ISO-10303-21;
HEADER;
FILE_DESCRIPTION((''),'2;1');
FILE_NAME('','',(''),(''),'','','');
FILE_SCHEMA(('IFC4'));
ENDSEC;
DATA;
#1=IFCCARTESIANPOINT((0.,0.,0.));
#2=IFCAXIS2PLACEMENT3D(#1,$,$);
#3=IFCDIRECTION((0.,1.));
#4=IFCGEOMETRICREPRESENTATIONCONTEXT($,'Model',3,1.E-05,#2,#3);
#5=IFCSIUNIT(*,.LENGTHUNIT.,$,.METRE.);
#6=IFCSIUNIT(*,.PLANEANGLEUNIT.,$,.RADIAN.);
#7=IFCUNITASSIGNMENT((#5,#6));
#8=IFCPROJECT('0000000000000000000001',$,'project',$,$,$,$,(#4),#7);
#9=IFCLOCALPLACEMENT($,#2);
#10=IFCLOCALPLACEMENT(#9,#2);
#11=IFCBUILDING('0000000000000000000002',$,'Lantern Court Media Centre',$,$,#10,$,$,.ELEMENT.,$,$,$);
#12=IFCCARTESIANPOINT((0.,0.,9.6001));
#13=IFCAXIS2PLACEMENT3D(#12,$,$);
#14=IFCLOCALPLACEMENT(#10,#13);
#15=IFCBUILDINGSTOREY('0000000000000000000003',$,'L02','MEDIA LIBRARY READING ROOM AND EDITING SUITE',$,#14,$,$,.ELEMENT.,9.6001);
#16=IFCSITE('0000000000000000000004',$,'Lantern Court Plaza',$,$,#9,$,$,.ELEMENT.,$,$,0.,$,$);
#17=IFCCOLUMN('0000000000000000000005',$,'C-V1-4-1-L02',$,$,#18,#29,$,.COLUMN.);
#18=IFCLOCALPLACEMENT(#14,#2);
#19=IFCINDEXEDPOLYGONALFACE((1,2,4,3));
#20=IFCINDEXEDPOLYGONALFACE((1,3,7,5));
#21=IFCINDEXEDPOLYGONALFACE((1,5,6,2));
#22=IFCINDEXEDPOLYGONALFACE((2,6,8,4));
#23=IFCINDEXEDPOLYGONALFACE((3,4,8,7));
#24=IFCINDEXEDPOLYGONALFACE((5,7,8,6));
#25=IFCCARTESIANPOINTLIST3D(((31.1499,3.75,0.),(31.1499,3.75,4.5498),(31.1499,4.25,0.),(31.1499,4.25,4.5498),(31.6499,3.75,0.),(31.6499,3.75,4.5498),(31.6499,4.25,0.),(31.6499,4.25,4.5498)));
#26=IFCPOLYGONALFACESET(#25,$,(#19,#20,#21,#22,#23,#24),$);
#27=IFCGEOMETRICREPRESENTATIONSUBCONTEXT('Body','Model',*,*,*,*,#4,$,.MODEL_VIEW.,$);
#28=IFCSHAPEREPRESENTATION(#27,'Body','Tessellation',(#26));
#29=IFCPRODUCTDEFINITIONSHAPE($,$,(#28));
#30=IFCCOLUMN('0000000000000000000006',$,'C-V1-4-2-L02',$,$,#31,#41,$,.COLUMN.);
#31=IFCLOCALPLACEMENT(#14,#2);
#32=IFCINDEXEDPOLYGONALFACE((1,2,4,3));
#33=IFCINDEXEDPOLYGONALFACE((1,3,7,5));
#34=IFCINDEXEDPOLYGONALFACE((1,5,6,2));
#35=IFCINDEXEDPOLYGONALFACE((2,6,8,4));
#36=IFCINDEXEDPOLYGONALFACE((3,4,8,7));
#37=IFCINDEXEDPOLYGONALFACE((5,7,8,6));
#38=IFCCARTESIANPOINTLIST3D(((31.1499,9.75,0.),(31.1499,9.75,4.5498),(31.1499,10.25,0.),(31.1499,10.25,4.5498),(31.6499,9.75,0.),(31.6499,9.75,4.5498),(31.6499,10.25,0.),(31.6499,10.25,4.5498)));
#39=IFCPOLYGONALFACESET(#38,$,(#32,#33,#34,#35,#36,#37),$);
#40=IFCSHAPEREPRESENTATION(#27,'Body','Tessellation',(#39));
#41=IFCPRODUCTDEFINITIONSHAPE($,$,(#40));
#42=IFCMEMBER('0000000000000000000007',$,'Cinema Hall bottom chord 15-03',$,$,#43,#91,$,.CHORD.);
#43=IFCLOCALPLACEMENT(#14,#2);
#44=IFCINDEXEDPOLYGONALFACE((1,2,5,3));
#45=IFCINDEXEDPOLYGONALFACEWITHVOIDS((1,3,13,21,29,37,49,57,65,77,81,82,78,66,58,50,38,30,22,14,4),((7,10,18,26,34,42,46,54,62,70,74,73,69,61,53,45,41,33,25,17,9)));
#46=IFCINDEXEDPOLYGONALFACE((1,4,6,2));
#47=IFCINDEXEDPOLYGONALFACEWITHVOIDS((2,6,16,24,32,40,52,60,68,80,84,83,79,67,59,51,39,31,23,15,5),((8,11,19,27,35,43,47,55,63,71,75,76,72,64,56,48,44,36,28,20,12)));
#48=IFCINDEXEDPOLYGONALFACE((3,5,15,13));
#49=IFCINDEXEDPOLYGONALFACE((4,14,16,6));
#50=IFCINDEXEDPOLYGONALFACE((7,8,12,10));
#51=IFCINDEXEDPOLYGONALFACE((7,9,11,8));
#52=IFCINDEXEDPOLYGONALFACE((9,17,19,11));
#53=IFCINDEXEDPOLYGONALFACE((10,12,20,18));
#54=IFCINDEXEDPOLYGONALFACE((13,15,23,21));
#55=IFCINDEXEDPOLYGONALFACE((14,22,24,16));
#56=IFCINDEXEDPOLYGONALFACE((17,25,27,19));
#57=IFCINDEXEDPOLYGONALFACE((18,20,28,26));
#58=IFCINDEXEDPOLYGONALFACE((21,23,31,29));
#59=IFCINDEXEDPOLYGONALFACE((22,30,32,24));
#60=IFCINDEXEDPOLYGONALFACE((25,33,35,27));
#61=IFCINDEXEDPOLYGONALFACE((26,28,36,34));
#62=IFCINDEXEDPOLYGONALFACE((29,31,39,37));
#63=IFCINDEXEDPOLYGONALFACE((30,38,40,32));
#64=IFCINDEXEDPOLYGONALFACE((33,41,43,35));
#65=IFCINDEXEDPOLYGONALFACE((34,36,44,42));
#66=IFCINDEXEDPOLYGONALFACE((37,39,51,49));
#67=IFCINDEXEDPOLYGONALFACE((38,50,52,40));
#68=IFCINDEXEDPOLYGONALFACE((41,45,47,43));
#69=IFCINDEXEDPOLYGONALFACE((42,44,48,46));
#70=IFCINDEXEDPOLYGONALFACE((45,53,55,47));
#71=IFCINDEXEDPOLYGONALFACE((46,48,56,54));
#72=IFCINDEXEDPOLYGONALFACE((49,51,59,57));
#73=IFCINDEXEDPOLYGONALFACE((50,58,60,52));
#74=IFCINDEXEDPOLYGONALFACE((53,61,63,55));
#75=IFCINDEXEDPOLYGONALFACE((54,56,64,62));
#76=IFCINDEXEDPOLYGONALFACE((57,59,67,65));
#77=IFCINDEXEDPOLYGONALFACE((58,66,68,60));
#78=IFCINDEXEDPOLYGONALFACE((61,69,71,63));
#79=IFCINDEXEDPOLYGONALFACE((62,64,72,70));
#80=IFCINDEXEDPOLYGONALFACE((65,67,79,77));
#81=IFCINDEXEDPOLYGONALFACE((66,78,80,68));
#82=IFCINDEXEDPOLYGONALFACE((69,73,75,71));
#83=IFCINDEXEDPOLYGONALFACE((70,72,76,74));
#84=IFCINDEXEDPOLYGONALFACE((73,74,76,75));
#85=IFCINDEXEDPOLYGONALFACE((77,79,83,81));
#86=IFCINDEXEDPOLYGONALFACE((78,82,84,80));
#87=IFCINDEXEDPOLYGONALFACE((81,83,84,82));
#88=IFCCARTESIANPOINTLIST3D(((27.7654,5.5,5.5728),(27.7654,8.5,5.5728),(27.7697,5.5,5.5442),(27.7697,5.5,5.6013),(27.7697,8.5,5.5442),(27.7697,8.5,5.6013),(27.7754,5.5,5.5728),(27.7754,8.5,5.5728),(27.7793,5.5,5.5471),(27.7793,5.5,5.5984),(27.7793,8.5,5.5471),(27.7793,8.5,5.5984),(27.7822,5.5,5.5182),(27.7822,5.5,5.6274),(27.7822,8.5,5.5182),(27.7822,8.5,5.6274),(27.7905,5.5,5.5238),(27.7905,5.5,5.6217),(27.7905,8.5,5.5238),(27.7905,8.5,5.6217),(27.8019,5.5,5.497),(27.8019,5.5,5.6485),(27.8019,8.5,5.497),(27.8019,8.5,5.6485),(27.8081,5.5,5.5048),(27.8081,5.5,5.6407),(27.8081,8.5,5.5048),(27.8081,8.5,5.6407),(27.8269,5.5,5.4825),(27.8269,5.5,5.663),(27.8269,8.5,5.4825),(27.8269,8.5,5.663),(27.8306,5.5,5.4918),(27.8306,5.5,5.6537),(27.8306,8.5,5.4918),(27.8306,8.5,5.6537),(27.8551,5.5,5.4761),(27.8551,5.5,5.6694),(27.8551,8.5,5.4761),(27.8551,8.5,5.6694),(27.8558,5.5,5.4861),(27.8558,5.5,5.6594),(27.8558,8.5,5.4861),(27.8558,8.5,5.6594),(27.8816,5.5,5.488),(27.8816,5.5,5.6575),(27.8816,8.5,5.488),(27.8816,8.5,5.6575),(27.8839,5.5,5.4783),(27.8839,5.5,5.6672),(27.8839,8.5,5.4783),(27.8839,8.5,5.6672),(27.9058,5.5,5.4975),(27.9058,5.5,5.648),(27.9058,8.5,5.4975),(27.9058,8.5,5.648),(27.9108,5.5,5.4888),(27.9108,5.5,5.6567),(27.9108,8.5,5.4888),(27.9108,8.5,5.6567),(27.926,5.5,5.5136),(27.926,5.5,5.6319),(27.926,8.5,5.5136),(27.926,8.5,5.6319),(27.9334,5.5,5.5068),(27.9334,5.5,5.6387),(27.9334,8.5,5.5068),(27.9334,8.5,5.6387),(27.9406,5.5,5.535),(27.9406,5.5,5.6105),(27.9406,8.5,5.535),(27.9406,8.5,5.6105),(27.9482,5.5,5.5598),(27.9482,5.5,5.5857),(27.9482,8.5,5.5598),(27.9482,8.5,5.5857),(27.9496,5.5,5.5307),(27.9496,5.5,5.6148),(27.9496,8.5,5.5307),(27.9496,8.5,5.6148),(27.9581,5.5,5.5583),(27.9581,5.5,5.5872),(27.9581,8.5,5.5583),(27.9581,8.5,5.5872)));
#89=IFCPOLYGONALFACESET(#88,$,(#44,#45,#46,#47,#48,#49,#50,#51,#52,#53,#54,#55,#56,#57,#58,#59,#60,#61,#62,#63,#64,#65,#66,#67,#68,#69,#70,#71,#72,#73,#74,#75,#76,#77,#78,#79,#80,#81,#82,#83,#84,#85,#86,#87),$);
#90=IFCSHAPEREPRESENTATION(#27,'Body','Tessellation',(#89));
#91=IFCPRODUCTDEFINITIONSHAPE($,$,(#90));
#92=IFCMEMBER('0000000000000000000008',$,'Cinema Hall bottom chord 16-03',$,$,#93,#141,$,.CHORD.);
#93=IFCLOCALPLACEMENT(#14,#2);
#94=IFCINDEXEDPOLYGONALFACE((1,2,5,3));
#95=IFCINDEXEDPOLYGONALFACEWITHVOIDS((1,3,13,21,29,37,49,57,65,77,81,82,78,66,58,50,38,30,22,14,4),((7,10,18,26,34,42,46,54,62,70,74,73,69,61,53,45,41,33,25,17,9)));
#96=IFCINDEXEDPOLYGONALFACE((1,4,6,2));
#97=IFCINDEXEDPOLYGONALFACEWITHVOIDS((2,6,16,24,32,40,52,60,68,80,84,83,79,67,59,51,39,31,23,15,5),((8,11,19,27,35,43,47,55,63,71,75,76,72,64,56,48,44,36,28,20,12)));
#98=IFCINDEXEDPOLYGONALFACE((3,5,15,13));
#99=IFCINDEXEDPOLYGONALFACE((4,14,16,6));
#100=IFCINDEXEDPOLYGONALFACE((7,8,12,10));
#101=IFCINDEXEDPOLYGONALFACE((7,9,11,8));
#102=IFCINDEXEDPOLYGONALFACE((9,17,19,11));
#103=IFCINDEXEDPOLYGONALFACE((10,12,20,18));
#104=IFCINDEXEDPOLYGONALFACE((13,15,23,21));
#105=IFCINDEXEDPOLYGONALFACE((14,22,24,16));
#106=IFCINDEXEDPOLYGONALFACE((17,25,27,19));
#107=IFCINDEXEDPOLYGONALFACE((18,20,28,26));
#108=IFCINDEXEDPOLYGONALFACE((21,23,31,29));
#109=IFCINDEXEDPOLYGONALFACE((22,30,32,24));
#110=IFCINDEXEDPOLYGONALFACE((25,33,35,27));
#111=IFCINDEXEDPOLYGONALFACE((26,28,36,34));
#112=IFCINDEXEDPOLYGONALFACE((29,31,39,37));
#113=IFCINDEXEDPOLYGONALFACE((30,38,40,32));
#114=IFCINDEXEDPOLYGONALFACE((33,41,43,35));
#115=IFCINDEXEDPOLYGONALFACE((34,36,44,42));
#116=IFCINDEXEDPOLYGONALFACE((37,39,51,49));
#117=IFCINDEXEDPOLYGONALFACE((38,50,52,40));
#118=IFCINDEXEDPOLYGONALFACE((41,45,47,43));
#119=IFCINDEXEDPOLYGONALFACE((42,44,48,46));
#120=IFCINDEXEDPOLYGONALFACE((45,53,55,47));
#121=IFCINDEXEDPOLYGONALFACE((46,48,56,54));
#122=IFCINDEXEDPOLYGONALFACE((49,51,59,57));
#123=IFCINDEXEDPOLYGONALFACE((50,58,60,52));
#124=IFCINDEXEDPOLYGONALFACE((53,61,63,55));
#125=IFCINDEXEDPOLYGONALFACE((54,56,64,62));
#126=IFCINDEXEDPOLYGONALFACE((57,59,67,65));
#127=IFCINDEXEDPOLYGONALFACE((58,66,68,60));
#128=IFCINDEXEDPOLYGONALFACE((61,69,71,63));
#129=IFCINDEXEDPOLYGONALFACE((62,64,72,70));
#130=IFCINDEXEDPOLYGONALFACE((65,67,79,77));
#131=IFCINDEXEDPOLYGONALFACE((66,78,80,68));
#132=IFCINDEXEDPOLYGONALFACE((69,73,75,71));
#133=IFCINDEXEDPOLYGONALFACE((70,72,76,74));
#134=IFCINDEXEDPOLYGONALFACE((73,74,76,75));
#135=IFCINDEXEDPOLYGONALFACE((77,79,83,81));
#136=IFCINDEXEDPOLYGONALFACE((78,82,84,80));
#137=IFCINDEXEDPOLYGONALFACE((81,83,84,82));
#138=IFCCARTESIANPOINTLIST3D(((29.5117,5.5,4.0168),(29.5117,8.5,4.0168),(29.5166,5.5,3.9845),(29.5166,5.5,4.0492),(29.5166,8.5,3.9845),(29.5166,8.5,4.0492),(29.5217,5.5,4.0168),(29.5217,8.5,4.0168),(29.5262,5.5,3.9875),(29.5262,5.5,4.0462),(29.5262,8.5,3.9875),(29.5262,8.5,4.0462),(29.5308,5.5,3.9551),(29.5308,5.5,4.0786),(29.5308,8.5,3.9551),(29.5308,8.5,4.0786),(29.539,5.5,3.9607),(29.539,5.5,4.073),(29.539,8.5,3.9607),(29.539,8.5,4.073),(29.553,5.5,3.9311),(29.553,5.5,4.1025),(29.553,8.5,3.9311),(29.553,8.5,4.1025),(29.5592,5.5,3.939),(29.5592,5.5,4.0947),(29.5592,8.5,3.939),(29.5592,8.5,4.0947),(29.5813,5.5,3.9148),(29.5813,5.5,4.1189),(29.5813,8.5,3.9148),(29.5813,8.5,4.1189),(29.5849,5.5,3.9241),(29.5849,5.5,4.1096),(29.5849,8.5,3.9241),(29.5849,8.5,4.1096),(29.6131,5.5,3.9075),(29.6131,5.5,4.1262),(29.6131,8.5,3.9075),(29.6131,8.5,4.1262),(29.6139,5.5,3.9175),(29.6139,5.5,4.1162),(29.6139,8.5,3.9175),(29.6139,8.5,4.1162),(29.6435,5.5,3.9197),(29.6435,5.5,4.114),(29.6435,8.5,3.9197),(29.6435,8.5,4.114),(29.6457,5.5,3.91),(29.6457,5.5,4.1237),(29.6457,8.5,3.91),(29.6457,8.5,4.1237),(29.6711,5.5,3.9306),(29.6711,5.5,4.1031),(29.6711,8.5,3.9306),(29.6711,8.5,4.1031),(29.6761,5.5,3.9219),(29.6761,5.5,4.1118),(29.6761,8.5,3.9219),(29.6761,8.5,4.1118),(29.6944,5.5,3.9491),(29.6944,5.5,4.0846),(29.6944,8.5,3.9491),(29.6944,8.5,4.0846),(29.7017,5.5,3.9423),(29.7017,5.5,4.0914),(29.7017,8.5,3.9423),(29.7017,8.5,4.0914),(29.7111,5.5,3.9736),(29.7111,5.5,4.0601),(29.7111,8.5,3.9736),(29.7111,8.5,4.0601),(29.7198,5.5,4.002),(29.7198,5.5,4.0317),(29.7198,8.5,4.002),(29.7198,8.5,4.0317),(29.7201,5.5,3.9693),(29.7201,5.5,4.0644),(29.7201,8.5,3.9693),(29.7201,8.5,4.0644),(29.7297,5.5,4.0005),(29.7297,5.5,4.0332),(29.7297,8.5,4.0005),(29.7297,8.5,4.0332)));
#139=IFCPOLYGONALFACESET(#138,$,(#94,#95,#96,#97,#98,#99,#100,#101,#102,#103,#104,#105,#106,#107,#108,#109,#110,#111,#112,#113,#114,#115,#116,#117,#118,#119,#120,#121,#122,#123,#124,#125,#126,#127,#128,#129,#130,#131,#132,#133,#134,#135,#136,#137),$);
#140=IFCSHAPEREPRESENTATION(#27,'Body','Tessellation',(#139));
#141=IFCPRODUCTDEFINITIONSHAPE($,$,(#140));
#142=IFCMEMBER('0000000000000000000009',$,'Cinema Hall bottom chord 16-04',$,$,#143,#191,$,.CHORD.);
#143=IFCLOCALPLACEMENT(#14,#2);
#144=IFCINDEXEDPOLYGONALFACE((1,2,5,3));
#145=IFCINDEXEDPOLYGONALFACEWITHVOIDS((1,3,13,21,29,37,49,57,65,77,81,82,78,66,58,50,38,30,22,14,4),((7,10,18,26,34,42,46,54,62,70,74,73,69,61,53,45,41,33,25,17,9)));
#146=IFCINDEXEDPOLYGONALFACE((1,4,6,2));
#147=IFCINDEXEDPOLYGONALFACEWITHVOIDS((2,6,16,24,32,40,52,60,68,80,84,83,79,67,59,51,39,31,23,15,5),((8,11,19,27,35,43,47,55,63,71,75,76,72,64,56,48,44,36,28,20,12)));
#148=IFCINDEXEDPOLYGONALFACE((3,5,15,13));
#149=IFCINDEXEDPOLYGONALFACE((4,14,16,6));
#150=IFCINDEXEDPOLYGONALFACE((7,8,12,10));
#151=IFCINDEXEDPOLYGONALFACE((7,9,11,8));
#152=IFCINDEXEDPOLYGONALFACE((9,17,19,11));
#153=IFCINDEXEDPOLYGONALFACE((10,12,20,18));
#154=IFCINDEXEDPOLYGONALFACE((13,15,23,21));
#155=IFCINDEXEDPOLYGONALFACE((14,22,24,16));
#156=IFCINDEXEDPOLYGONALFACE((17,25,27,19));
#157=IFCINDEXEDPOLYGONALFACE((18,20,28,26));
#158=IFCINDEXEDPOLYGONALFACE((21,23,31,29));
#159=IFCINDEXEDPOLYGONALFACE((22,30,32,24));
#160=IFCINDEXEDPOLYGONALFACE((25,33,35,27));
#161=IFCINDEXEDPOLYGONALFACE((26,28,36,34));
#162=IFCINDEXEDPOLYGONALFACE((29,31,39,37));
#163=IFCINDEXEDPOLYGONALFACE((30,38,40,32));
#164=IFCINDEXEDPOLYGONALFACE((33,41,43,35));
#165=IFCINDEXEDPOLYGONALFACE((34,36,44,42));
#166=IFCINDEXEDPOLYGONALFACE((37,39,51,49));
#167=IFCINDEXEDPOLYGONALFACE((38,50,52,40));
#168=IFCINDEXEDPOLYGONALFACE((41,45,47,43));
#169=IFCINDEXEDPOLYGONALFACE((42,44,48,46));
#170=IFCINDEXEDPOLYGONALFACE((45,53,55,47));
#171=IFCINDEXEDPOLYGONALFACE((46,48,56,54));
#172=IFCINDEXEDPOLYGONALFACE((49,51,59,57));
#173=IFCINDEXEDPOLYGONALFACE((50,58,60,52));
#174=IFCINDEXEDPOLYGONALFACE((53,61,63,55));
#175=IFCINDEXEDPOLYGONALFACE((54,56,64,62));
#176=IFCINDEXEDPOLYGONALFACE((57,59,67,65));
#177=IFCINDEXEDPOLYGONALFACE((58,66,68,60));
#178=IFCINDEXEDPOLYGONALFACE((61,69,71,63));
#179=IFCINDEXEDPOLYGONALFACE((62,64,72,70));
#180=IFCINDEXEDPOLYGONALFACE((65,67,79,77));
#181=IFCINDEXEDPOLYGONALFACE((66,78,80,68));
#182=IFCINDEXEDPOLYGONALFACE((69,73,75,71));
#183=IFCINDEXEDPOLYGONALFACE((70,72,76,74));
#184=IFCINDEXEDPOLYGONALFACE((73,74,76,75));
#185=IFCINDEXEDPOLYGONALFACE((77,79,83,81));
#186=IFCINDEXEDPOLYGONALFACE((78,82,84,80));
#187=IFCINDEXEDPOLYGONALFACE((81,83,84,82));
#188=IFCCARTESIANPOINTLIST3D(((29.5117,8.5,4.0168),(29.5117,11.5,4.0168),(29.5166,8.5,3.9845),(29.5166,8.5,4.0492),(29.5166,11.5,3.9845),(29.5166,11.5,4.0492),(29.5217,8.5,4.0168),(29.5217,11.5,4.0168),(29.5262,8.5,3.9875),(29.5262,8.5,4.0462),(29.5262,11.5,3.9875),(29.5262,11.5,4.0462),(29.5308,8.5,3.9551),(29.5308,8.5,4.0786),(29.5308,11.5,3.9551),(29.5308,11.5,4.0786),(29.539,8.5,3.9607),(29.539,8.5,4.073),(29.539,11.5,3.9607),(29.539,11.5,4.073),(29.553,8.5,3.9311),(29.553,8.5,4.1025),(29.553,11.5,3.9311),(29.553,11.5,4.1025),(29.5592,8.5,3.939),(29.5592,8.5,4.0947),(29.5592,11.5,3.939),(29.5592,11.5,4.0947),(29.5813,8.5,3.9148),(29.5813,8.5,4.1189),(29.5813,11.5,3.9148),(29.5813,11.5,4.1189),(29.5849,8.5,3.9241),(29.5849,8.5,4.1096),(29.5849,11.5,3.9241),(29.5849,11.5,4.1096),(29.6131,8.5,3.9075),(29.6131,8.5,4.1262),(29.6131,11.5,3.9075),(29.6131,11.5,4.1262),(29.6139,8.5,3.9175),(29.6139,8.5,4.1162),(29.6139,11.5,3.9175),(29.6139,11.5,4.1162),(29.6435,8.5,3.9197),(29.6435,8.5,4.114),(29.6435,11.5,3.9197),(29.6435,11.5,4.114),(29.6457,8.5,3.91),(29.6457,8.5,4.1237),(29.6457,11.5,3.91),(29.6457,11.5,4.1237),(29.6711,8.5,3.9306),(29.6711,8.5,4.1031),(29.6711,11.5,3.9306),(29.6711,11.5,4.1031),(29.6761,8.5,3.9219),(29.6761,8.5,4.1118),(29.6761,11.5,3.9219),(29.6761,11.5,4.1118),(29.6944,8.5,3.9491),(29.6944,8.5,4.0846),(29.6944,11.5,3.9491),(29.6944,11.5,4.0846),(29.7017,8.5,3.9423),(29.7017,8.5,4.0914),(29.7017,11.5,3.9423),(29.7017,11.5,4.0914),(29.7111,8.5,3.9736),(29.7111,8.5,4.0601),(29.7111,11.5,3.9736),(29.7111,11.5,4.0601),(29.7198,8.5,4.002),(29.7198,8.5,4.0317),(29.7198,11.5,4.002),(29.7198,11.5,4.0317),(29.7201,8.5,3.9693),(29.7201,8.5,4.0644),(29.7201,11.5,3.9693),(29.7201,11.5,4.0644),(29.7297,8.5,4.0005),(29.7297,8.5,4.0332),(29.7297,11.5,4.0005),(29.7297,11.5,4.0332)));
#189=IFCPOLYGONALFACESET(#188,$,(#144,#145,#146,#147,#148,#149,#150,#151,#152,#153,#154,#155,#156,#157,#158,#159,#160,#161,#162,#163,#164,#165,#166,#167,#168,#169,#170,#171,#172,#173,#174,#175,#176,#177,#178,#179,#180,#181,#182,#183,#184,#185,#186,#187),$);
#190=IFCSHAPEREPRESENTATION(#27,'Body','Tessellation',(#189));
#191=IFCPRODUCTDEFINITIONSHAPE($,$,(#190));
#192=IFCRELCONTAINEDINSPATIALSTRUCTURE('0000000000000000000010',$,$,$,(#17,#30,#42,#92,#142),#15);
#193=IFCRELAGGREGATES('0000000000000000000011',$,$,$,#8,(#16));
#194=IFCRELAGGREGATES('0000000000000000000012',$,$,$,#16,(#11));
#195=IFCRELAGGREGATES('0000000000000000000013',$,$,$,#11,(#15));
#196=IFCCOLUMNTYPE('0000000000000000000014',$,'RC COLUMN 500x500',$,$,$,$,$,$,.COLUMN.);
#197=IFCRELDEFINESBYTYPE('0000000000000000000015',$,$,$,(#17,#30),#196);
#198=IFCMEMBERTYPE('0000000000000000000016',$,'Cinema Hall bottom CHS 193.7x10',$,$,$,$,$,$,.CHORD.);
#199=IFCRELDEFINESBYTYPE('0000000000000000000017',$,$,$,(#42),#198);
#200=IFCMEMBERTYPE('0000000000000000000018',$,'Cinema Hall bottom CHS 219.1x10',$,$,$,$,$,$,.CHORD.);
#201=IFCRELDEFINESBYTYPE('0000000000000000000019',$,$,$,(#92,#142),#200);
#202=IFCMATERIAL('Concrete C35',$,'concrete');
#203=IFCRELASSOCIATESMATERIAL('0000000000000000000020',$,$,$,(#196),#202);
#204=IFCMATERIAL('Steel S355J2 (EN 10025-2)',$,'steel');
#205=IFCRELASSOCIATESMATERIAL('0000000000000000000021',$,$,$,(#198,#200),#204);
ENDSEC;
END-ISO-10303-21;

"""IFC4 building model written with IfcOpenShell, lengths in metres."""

from ifc_helpers import new_model, si_unit, direction, frame, origin, origin_2d, place, context, subcontext, project, spatial, rectangle, hollow_circle, extrude, material, material_profile, profile_set, type_object, element, save


model = new_model("IFC4")

# Units and contexts
model_context = context("Model", 3, precision=1e-05, world=origin(), true_north=direction((0.0, 1.0)))
body_context = subcontext(model_context, "Body", "Model", "MODEL_VIEW")
ifc_project = project(units=[si_unit("LENGTHUNIT", "METRE"), si_unit("PLANEANGLEUNIT", "RADIAN")], contexts=[model_context])

# Site, building, storey
site_placement = place(None, origin())
site = spatial("IfcSite", under=ifc_project, at=site_placement, Name="Lantern Court Plaza", CompositionType="ELEMENT", RefElevation=0.0)
building_placement = place(site_placement, origin())
building = spatial("IfcBuilding", under=site, at=building_placement, Name="Lantern Court Media Centre", CompositionType="ELEMENT")
storey_placement = place(building_placement, frame((0.0, 0.0, 9.6001)))
storey = spatial("IfcBuildingStorey", under=building, at=storey_placement, Name="L02", Description="MEDIA LIBRARY READING ROOM AND EDITING SUITE", CompositionType="ELEMENT", Elevation=9.6001)

# Columns
ifc_material_1 = material(Name="Concrete C35", Category="concrete")
ifc_material_profile_1 = material_profile(ifc_material_1, rectangle(XDim=0.5, YDim=0.5, at=origin_2d()), Name="RC 500x500")
ifc_profile_set_1 = profile_set([ifc_material_profile_1], Name="Concrete C35")
column_type = type_object("IfcColumnType", Name="RC COLUMN 500x500", PredefinedType="COLUMN", material=ifc_profile_set_1)
for number, where, z_axis, x_axis, name in (
    (1, (31.3999, 4.0, 0.0), (0.0, 0.0, 1.0), (1.0, 0.0, 0.0), "C-V1-4-1-L02"),
    (2, (31.3999, 10.0, 0.0), (0.0, 0.0, 1.0), (1.0, 0.0, 0.0), "C-V1-4-2-L02"),
):
    element("IfcColumn", number, at=place(storey_placement, frame(where, z_axis=z_axis, x_axis=x_axis)), inside=storey, type_object=column_type, Name=name, PredefinedType="COLUMN", context=body_context, shape_type="SweptSolid", body=[
        extrude(rectangle(XDim=0.5, YDim=0.5, at=origin_2d()), origin(), (0.0, 0.0, 1.0), 4.5498),
    ])

# Members
ifc_material_2 = material(Name="Steel S355J2 (EN 10025-2)", Category="steel")
ifc_material_profile_2 = material_profile(ifc_material_2, hollow_circle(Radius=0.0969, WallThickness=0.01, at=origin_2d()), Name="Cinema Hall bottom CHS 193.7x10")
ifc_profile_set_2 = profile_set([ifc_material_profile_2], Name="Steel S355J2 (EN 10025-2)")
member_type_1 = type_object("IfcMemberType", Name="Cinema Hall bottom CHS 193.7x10", PredefinedType="CHORD", material=ifc_profile_set_2)
member_1_placement = place(storey_placement, frame((27.8623, 5.5, 5.5728), z_axis=(0.0, 1.0, 0.0), x_axis=(-1.0, 0.0, 0.0)))
element("IfcMember", 3, at=member_1_placement, inside=storey, type_object=member_type_1, Name="Cinema Hall bottom chord 15-03", PredefinedType="CHORD", context=body_context, shape_type="SweptSolid", body=[
    extrude(hollow_circle(Radius=0.0969, WallThickness=0.01, at=origin_2d()), origin(), (0.0, 0.0, 1.0), 3.0),
])
ifc_material_profile_3 = material_profile(ifc_material_2, hollow_circle(Radius=0.1096, WallThickness=0.01, at=origin_2d()), Name="Cinema Hall bottom CHS 219.1x10")
ifc_profile_set_3 = profile_set([ifc_material_profile_3], Name="Steel S355J2 (EN 10025-2)")
member_type_2 = type_object("IfcMemberType", Name="Cinema Hall bottom CHS 219.1x10", PredefinedType="CHORD", material=ifc_profile_set_3)
for number, where, z_axis, x_axis, name in (
    (4, (29.6213, 5.5, 4.0168), (0.0, 1.0, 0.0), (-1.0, 0.0, 0.0), "Cinema Hall bottom chord 16-03"),
    (5, (29.6213, 8.5, 4.0168), (0.0, 1.0, 0.0), (-1.0, 0.0, 0.0), "Cinema Hall bottom chord 16-04"),
):
    element("IfcMember", number, at=place(storey_placement, frame(where, z_axis=z_axis, x_axis=x_axis)), inside=storey, type_object=member_type_2, Name=name, PredefinedType="CHORD", context=body_context, shape_type="SweptSolid", body=[
        extrude(hollow_circle(Radius=0.1096, WallThickness=0.01, at=origin_2d()), origin(), (0.0, 0.0, 1.0), 3.0),
    ])

save(model, "model.ifc")
